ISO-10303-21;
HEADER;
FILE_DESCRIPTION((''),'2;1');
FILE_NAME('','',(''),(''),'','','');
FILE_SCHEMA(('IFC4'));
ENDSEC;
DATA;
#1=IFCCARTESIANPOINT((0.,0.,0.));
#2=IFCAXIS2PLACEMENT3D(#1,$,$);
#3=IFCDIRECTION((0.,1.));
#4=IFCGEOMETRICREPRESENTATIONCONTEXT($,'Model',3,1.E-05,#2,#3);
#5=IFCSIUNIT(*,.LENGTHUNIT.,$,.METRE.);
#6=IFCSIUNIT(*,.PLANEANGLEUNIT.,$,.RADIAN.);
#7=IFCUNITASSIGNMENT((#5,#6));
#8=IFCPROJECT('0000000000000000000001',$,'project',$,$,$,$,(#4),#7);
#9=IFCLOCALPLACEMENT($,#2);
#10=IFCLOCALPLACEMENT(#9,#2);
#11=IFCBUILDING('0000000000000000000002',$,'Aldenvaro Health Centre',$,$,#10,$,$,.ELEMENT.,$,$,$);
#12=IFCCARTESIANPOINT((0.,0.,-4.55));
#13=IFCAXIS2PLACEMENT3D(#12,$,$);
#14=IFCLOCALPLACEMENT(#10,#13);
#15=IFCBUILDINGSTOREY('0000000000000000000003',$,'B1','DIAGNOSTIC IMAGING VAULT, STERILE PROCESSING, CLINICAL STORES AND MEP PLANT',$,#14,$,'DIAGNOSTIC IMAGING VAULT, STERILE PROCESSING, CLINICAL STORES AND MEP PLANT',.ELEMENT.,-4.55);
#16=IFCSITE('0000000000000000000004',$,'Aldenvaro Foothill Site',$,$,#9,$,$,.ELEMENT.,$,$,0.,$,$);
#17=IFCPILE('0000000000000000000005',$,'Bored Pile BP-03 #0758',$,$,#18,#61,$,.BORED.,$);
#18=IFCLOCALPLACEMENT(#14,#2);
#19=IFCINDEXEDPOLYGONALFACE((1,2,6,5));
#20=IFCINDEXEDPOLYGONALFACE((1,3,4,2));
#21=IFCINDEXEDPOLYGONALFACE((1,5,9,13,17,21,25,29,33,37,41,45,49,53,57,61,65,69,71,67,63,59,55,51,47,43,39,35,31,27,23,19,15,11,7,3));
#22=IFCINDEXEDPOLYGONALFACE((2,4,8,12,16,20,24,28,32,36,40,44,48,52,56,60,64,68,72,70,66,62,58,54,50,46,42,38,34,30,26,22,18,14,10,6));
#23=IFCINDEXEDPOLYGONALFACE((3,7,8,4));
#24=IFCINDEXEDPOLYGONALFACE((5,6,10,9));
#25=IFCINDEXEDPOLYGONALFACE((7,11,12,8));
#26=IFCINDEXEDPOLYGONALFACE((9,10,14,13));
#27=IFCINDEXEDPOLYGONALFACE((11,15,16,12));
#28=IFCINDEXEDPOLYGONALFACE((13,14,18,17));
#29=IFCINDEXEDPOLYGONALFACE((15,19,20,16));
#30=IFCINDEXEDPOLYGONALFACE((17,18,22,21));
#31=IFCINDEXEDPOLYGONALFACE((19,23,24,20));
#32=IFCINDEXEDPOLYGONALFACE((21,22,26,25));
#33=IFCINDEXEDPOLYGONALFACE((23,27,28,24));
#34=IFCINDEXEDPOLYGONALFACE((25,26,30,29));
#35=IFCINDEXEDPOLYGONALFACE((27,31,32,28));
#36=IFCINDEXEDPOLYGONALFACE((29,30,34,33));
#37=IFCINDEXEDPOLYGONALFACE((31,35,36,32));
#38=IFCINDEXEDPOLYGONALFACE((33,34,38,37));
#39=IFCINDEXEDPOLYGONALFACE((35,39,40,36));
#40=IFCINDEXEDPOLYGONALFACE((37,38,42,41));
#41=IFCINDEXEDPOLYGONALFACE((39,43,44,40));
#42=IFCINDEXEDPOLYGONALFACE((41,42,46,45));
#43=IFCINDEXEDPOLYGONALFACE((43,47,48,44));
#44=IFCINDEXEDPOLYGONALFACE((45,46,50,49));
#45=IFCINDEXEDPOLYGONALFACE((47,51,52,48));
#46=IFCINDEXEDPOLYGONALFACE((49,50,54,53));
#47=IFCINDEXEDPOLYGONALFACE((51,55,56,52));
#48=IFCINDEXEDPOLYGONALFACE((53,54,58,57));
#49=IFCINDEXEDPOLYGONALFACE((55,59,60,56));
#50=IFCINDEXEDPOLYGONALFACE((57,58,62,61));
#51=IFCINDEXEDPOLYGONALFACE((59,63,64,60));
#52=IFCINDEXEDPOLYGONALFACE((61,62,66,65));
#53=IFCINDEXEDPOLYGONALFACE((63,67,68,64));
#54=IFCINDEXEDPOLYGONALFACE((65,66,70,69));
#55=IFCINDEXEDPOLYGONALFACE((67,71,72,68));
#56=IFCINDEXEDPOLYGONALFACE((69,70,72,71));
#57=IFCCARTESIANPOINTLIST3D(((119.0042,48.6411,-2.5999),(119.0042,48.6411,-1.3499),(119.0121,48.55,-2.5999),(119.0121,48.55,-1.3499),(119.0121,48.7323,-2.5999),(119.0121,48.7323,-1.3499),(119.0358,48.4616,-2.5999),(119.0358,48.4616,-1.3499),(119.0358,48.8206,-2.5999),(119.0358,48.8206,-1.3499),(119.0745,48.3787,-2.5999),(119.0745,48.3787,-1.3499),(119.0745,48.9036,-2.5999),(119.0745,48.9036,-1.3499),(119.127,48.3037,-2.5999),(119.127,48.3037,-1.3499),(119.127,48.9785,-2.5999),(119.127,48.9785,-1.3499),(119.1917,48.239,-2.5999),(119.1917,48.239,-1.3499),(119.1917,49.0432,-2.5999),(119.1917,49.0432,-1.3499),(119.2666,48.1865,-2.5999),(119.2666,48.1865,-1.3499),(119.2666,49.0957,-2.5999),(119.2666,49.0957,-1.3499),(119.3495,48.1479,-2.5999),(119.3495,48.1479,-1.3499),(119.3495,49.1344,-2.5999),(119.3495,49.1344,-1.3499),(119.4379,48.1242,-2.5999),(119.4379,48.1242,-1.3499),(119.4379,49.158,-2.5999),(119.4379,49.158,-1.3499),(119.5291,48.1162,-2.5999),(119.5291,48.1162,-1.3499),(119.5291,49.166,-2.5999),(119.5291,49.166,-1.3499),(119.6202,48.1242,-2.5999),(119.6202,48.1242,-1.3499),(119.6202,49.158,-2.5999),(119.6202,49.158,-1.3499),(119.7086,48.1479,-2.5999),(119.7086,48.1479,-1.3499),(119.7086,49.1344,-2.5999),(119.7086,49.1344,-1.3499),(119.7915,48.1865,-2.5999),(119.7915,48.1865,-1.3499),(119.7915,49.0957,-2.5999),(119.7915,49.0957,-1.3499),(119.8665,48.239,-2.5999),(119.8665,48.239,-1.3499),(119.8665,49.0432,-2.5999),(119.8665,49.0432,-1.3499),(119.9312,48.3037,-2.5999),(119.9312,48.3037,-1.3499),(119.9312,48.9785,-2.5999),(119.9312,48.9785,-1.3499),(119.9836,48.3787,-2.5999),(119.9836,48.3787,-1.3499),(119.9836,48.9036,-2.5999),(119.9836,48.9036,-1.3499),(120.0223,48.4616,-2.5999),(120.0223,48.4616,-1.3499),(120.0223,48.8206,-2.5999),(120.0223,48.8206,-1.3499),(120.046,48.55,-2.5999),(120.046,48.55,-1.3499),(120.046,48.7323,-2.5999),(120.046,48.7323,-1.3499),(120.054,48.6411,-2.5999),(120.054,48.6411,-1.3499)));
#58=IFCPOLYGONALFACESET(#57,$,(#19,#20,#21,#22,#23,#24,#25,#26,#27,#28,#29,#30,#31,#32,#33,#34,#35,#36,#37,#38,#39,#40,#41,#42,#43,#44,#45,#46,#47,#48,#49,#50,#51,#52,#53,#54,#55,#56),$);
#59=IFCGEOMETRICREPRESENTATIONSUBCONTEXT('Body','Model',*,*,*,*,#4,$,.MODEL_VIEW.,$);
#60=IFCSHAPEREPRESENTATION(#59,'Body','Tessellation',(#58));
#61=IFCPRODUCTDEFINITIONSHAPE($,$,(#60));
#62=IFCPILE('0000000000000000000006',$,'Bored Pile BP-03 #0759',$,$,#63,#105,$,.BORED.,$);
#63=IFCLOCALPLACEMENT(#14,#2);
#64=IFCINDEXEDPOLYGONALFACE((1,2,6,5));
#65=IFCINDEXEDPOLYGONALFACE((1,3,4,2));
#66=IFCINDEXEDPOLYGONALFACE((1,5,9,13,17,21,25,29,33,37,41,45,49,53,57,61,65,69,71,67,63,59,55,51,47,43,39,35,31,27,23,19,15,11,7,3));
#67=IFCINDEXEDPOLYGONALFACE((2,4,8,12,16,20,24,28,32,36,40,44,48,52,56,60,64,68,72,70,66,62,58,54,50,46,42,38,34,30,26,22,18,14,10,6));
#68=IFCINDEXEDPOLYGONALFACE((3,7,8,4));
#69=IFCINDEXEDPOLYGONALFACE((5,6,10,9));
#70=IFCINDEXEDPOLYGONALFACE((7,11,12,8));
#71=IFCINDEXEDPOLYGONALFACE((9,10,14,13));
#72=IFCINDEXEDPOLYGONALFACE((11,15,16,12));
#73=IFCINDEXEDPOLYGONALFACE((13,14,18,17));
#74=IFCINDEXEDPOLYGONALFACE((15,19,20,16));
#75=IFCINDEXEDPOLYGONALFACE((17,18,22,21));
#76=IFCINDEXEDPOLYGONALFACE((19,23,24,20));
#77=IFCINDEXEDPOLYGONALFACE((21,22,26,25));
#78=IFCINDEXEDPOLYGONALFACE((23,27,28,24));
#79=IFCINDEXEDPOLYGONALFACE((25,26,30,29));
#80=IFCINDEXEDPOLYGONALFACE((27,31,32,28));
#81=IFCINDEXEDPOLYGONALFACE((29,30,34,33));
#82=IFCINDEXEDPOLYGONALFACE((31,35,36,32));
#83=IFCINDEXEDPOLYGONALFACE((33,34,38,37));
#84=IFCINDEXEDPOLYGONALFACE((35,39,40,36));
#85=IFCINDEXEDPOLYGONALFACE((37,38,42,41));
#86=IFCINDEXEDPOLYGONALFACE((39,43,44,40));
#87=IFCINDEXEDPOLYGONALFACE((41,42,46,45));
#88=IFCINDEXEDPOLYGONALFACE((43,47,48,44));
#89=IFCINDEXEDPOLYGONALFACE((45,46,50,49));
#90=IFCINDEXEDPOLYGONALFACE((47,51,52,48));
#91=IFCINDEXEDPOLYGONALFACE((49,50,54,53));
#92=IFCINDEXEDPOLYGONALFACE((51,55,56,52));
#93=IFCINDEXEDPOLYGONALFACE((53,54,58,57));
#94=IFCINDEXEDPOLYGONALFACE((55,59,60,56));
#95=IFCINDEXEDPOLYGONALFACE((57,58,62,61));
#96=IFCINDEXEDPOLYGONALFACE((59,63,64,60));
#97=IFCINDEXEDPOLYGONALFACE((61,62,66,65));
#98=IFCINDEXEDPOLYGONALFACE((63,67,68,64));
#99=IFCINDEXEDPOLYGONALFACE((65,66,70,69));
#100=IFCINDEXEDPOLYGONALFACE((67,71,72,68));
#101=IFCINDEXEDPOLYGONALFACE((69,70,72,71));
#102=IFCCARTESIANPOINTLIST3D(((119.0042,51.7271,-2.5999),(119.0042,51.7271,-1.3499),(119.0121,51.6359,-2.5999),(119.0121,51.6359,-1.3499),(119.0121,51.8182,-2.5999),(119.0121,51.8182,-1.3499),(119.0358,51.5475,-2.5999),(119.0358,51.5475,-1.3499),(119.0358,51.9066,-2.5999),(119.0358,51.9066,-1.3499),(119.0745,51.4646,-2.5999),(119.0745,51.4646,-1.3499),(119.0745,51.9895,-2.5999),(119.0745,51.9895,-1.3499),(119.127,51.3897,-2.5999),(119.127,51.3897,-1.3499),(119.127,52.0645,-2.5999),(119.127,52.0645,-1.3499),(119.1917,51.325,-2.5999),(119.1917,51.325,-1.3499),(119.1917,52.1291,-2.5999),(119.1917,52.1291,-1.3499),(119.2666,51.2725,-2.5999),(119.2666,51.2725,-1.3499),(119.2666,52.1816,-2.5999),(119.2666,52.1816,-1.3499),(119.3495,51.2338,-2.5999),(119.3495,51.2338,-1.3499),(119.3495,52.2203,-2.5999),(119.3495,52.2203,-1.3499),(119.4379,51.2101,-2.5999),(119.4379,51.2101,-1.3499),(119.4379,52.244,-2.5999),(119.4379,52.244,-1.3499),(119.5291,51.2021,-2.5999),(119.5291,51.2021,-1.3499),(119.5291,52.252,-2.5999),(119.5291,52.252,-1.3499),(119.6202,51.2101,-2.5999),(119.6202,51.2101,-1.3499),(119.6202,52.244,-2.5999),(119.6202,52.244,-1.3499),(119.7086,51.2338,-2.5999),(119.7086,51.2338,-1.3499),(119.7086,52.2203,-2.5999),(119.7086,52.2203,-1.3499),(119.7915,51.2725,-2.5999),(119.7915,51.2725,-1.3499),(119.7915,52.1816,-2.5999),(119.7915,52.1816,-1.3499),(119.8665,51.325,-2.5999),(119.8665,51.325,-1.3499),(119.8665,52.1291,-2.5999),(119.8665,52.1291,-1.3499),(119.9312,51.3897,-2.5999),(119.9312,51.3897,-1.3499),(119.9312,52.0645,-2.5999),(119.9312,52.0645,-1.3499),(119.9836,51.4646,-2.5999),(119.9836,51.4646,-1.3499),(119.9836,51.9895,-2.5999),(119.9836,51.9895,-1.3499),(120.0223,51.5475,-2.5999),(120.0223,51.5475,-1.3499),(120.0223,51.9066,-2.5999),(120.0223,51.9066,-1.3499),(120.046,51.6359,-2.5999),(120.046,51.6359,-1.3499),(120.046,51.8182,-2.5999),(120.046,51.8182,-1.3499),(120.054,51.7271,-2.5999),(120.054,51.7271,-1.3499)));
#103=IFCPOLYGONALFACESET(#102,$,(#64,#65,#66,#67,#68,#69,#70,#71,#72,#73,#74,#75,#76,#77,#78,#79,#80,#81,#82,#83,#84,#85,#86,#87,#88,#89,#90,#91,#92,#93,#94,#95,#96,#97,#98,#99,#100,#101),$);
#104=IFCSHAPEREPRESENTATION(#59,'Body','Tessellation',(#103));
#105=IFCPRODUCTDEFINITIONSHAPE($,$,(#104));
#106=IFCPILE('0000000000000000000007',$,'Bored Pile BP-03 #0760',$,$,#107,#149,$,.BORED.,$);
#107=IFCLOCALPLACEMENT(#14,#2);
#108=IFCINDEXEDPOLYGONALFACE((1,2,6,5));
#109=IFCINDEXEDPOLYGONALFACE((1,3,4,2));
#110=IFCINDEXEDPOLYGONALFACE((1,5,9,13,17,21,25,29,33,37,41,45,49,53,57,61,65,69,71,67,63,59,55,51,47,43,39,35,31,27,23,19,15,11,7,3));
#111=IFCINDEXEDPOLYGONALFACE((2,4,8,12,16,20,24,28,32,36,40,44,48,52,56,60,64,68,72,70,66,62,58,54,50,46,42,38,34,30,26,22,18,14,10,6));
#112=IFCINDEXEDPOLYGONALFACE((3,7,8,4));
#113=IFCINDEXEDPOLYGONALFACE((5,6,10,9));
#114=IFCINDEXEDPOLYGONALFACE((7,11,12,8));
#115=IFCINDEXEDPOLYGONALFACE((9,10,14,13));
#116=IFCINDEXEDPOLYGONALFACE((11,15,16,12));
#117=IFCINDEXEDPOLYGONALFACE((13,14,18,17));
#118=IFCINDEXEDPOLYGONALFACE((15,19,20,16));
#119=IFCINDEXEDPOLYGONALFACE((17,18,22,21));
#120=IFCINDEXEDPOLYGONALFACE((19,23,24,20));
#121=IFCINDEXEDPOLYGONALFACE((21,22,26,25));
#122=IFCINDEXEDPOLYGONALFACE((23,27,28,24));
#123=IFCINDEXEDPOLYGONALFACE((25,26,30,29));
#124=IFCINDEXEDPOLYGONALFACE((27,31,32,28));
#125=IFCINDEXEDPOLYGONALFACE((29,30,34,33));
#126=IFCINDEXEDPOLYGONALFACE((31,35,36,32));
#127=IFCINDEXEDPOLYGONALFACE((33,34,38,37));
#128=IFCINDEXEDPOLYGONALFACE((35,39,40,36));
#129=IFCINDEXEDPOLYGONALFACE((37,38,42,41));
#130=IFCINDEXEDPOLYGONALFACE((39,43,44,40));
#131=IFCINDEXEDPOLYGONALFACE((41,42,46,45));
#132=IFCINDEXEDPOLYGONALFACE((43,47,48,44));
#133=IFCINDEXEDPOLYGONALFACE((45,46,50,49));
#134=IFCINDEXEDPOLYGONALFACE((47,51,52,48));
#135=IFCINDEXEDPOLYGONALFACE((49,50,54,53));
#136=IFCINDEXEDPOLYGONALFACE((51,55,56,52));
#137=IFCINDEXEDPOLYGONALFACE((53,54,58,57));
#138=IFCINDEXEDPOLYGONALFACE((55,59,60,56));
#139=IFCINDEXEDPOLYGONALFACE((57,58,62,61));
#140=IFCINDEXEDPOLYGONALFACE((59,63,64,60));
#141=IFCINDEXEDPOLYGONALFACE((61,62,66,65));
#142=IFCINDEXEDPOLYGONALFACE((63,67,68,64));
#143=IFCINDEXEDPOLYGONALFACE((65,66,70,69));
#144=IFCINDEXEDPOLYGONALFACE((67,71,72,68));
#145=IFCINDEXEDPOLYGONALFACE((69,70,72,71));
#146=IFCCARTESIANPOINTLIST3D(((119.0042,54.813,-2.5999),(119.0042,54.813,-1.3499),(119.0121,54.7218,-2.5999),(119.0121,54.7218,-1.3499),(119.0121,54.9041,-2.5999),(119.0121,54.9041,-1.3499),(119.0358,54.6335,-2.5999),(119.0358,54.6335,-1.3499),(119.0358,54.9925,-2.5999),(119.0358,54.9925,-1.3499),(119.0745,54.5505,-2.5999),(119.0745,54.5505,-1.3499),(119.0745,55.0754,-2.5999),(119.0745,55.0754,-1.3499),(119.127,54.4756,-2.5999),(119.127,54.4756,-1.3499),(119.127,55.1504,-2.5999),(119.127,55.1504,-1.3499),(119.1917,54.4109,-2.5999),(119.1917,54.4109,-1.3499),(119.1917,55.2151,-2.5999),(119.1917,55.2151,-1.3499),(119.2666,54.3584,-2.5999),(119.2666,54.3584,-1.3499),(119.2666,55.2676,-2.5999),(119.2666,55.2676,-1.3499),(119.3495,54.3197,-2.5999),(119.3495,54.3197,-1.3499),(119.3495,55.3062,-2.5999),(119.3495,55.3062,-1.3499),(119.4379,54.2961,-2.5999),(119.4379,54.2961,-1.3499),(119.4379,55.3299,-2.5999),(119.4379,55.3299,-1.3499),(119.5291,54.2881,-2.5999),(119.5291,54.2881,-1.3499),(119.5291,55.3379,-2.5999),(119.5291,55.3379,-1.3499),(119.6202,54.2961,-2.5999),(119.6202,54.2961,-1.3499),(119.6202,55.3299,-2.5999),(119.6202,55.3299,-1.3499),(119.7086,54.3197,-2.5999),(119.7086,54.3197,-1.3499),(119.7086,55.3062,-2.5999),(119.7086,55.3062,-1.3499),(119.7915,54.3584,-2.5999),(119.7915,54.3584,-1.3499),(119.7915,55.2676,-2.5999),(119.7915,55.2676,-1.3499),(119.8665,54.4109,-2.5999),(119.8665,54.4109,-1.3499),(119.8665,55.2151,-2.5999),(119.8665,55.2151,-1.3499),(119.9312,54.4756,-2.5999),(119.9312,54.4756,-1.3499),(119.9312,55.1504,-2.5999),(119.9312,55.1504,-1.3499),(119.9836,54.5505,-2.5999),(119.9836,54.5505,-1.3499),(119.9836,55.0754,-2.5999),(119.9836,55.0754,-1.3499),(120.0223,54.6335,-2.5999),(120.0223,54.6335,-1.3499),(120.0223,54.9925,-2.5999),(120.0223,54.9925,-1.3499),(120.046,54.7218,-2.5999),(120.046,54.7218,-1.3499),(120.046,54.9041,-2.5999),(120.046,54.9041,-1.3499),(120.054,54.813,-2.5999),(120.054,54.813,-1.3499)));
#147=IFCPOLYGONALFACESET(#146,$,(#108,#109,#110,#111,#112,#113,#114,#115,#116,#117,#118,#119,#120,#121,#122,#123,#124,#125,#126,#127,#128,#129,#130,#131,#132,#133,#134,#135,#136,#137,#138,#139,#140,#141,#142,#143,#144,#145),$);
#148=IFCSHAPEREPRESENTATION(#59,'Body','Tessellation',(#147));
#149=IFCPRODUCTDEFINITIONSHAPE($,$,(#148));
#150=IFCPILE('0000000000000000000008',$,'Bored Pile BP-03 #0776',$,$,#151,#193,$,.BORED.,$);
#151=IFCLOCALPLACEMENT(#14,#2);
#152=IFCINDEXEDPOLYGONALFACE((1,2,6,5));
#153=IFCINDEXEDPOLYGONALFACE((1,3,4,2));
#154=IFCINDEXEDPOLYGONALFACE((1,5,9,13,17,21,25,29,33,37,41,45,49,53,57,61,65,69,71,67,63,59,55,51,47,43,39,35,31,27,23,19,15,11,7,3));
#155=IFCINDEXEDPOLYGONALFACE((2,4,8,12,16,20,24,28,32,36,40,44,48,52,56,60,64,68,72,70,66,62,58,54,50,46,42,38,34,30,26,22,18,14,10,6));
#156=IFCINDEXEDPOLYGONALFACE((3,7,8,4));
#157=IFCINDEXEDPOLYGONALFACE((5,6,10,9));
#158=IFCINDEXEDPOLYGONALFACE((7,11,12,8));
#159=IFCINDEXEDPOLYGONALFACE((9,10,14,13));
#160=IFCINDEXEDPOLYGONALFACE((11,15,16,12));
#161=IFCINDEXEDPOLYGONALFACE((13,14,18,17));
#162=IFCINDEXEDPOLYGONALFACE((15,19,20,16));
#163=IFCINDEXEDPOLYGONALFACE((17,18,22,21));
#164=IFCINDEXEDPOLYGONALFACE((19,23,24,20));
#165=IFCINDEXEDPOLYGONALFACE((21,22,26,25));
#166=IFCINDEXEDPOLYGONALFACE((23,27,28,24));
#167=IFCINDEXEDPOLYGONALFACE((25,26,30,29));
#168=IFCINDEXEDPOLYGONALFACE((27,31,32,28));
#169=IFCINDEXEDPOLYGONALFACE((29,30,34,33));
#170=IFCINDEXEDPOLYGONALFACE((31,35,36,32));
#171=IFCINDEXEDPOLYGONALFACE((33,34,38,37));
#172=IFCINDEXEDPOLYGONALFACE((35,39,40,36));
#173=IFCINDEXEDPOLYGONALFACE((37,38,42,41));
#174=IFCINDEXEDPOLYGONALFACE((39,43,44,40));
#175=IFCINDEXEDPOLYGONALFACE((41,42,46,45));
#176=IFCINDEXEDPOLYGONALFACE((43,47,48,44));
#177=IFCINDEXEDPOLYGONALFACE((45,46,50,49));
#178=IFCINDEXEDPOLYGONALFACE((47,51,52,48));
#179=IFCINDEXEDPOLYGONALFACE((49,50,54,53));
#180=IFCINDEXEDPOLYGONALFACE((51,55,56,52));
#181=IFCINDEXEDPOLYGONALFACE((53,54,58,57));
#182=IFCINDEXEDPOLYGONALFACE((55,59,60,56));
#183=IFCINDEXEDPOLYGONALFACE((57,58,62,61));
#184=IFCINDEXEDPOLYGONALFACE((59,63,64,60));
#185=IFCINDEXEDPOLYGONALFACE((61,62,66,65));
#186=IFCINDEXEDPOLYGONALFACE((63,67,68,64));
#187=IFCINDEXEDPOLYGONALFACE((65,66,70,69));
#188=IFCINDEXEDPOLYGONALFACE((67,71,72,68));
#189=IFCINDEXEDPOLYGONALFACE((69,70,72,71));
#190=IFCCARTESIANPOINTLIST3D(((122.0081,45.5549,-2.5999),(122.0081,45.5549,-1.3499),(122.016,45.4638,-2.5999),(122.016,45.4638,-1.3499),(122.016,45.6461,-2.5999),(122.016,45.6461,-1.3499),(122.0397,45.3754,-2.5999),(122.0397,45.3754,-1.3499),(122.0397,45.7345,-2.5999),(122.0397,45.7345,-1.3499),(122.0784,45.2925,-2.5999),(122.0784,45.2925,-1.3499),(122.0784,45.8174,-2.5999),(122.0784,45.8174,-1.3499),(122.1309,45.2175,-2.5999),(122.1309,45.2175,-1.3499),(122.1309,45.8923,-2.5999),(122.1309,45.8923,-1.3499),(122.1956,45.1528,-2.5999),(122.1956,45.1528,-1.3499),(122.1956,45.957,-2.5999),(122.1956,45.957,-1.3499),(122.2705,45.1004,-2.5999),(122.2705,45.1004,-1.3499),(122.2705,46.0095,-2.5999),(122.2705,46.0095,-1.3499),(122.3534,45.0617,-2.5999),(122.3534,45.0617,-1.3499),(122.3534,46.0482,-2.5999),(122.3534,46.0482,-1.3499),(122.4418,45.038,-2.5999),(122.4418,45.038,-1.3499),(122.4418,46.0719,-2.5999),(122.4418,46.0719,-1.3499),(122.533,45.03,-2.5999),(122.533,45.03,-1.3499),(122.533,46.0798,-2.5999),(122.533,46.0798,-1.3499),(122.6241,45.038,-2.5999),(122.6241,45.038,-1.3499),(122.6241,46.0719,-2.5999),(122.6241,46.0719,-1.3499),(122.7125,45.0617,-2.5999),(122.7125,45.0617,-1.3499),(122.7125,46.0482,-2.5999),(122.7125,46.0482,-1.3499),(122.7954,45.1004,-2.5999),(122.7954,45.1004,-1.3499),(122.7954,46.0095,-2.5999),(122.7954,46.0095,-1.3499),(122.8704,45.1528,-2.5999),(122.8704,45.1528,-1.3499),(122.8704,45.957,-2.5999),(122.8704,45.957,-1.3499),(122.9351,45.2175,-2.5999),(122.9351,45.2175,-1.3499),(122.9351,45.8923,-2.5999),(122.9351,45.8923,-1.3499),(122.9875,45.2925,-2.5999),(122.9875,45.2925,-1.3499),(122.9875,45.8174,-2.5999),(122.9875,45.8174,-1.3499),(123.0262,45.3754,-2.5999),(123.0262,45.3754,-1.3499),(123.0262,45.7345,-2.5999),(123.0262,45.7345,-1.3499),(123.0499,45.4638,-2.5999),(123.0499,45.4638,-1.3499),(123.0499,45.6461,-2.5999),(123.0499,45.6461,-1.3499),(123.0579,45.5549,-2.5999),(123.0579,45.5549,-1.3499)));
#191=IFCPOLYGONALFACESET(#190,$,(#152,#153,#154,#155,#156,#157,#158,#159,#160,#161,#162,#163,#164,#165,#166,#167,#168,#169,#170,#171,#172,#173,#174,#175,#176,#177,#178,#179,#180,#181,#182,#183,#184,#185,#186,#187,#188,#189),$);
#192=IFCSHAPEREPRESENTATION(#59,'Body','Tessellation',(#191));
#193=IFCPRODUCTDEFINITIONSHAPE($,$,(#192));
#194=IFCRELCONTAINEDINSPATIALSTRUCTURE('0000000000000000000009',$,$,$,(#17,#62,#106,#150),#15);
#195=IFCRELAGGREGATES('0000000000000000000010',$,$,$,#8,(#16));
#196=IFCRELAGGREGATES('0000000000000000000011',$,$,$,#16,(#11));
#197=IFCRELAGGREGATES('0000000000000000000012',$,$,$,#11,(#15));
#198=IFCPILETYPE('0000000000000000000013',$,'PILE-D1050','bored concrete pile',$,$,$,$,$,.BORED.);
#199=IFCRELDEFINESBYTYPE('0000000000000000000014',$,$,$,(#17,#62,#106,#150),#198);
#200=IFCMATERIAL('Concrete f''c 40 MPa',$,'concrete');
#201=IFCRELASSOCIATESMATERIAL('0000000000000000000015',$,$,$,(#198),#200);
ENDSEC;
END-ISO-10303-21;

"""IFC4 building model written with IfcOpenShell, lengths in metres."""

from ifc_helpers import new_model, si_unit, direction, frame, origin, origin_2d, place, context, subcontext, project, spatial, circle, extrude, material, material_profile, profile_set, type_object, element, save


model = new_model("IFC4")

# Units and contexts
model_context = context("Model", 3, precision=1e-05, world=origin(), true_north=direction((0.0, 1.0)))
body_context = subcontext(model_context, "Body", "Model", "MODEL_VIEW")
ifc_project = project(units=[si_unit("LENGTHUNIT", "METRE"), si_unit("PLANEANGLEUNIT", "RADIAN")], contexts=[model_context])

# Site, building, storey
site_placement = place(None, origin())
site = spatial("IfcSite", under=ifc_project, at=site_placement, Name="Aldenvaro Foothill Site", CompositionType="ELEMENT", RefElevation=0.0)
building_placement = place(site_placement, origin())
building = spatial("IfcBuilding", under=site, at=building_placement, Name="Aldenvaro Health Centre", CompositionType="ELEMENT")
storey_placement = place(building_placement, frame((0.0, 0.0, -4.55)))
storey = spatial("IfcBuildingStorey", under=building, at=storey_placement, Name="B1", Description="DIAGNOSTIC IMAGING VAULT, STERILE PROCESSING, CLINICAL STORES AND MEP PLANT", LongName="DIAGNOSTIC IMAGING VAULT, STERILE PROCESSING, CLINICAL STORES AND MEP PLANT", CompositionType="ELEMENT", Elevation=-4.55)

# Piles
ifc_material = material(Name="Concrete f'c 40 MPa", Category="concrete")
ifc_material_profile = material_profile(ifc_material, circle(Radius=0.5249, at=origin_2d()), Name="PILE D1050", Category="concrete")
ifc_profile_set = profile_set([ifc_material_profile], Name="Concrete f'c 40 MPa")
pile_type = type_object("IfcPileType", Name="PILE-D1050", Description="bored concrete pile", PredefinedType="BORED", material=ifc_profile_set)
for number, where, z_axis, x_axis, name in (
    (1, (119.5291, 48.6411, -1.3499), (0.0, 0.0, -1.0), (1.0, 0.0, 0.0), "Bored Pile BP-03 #0758"),
    (2, (119.5291, 51.7271, -1.3499), (0.0, 0.0, -1.0), (1.0, 0.0, 0.0), "Bored Pile BP-03 #0759"),
    (3, (119.5291, 54.813, -1.3499), (0.0, 0.0, -1.0), (1.0, 0.0, 0.0), "Bored Pile BP-03 #0760"),
    (4, (122.533, 45.5549, -1.3499), (0.0, 0.0, -1.0), (1.0, 0.0, 0.0), "Bored Pile BP-03 #0776"),
):
    element("IfcPile", number, at=place(storey_placement, frame(where, z_axis=z_axis, x_axis=x_axis)), inside=storey, type_object=pile_type, Name=name, PredefinedType="BORED", context=body_context, shape_type="SweptSolid", body=[
        extrude(circle(Radius=0.5249, at=origin_2d()), origin(), (0.0, 0.0, 1.0), 1.25),
    ])

save(model, "model.ifc")
